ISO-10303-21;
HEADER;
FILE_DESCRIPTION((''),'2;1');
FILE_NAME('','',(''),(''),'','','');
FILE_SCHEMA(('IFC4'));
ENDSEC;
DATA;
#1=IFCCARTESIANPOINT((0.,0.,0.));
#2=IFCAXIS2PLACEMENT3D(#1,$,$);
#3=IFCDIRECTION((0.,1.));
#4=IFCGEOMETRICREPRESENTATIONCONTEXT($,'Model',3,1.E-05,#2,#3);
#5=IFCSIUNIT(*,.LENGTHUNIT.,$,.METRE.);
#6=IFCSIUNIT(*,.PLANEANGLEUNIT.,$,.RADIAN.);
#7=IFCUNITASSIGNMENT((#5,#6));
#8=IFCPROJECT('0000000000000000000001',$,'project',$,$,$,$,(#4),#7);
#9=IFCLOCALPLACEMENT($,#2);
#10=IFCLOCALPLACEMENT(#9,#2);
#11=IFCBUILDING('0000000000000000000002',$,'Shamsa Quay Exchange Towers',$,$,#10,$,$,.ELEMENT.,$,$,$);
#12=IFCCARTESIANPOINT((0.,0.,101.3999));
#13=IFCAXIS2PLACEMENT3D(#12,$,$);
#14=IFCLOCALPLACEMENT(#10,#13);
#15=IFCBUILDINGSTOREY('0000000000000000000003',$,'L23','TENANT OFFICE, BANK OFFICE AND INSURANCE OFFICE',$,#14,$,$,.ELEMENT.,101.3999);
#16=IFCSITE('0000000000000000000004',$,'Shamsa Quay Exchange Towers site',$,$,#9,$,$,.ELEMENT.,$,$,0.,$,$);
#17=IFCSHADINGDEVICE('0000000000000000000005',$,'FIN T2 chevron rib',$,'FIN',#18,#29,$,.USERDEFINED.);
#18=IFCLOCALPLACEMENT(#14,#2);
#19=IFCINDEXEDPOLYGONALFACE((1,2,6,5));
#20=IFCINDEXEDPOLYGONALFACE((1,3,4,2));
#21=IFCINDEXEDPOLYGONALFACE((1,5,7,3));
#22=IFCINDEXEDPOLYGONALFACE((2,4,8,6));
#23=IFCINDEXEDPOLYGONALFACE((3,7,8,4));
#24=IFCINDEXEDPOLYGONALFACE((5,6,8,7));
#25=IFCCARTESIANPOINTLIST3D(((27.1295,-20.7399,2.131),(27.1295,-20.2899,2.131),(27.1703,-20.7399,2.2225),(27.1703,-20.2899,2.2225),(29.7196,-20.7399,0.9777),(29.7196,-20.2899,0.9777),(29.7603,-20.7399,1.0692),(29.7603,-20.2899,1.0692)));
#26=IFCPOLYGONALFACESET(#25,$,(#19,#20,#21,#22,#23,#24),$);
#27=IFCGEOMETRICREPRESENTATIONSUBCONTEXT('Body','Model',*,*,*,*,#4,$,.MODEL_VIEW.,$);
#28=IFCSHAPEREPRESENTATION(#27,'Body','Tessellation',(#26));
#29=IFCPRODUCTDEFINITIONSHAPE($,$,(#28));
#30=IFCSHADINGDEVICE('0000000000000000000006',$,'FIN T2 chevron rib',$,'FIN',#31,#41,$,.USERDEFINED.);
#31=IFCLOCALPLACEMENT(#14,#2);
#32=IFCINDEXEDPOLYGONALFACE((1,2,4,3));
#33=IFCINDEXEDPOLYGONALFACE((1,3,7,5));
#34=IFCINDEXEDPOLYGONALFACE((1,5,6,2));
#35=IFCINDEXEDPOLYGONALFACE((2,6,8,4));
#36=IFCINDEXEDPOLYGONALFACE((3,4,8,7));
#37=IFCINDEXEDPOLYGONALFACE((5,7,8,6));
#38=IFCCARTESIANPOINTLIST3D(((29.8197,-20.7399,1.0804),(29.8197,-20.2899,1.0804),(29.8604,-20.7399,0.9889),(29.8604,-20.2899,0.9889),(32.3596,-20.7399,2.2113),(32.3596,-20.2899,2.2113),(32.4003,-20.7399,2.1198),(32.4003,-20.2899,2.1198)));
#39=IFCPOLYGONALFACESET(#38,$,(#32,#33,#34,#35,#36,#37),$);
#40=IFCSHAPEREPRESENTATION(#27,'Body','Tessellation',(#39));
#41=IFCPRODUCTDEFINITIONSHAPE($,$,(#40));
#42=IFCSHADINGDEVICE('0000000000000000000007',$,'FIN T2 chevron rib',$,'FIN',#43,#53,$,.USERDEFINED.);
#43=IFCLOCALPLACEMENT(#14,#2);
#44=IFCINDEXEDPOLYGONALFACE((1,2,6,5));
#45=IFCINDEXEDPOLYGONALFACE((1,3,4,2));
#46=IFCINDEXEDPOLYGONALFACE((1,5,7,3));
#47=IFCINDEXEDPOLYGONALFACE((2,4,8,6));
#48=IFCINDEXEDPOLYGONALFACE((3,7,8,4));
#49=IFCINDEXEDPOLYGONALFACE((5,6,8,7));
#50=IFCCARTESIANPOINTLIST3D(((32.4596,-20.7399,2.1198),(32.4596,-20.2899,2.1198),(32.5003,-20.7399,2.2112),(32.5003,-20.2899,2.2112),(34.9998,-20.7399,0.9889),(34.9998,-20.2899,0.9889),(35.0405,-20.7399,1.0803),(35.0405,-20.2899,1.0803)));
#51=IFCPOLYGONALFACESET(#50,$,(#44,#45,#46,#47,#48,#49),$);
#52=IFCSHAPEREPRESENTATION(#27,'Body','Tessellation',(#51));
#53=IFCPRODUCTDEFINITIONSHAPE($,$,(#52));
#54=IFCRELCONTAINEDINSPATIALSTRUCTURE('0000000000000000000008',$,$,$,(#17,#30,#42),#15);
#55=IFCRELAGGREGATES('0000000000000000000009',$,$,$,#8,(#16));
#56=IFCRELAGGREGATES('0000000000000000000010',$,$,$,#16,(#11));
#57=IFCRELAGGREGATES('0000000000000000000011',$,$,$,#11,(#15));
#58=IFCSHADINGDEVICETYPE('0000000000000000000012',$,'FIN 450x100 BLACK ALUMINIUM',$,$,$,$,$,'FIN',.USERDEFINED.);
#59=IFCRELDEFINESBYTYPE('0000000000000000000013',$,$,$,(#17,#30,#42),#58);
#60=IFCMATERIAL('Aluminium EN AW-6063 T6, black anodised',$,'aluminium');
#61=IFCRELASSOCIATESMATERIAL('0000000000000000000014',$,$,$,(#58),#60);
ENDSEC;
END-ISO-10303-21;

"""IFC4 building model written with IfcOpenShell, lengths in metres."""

from ifc_helpers import new_model, si_unit, direction, frame, origin, origin_2d, place, context, subcontext, project, spatial, rectangle, extrude, material, material_profile, profile_set, type_object, element, save


model = new_model("IFC4")

# Units and contexts
model_context = context("Model", 3, precision=1e-05, world=origin(), true_north=direction((0.0, 1.0)))
body_context = subcontext(model_context, "Body", "Model", "MODEL_VIEW")
ifc_project = project(units=[si_unit("LENGTHUNIT", "METRE"), si_unit("PLANEANGLEUNIT", "RADIAN")], contexts=[model_context])

# Site, building, storey
site_placement = place(None, origin())
site = spatial("IfcSite", under=ifc_project, at=site_placement, Name="Shamsa Quay Exchange Towers site", CompositionType="ELEMENT", RefElevation=0.0)
building_placement = place(site_placement, origin())
building = spatial("IfcBuilding", under=site, at=building_placement, Name="Shamsa Quay Exchange Towers", CompositionType="ELEMENT")
storey_placement = place(building_placement, frame((0.0, 0.0, 101.3999)))
storey = spatial("IfcBuildingStorey", under=building, at=storey_placement, Name="L23", Description="TENANT OFFICE, BANK OFFICE AND INSURANCE OFFICE", CompositionType="ELEMENT", Elevation=101.3999)

# Shared definitions
ifc_material_1 = material(Name="Aluminium EN AW-6063 T6, black anodised", Category="aluminium")

# Shading devices
ifc_material_profile_1 = material_profile(ifc_material_1, rectangle(XDim=0.45, YDim=0.1001, at=origin_2d()), Name="FIN450x100")
ifc_profile_set_1 = profile_set([ifc_material_profile_1], Name="Aluminium EN AW-6063 T6, black anodised")
shading_device_type = type_object("IfcShadingDeviceType", Name="FIN 450x100 BLACK ALUMINIUM", ElementType="FIN", PredefinedType="USERDEFINED", material=ifc_profile_set_1)
shading_device_1_placement = place(storey_placement, frame((27.1499, -20.5149, 2.1768), z_axis=(0.913527, 0.0, -0.406778), x_axis=(0.0, 1.0, 0.0)))
element("IfcShadingDevice", 1, at=shading_device_1_placement, inside=storey, type_object=shading_device_type, Name="FIN T2 chevron rib", ObjectType="FIN", PredefinedType="USERDEFINED", context=body_context, shape_type="SweptSolid", body=[
    extrude(rectangle(XDim=0.45, YDim=0.1001, at=origin_2d()), origin(), (0.0, 0.0, 1.0), 2.8352),
])
shading_device_2_placement = place(storey_placement, frame((29.8401, -20.5149, 1.0347), z_axis=(0.913536, 0.0, 0.406758), x_axis=(0.0, 1.0, 0.0)))
element("IfcShadingDevice", 2, at=shading_device_2_placement, inside=storey, type_object=shading_device_type, Name="FIN T2 chevron rib", ObjectType="FIN", PredefinedType="USERDEFINED", context=body_context, shape_type="SweptSolid", body=[
    extrude(rectangle(XDim=0.45, YDim=0.1001, at=origin_2d()), origin(), (0.0, 0.0, 1.0), 2.7803),
])
shading_device_3_placement = place(storey_placement, frame((32.48, -20.5149, 2.1655), z_axis=(0.913551, 0.0, -0.406725), x_axis=(0.0, 1.0, 0.0)))
element("IfcShadingDevice", 3, at=shading_device_3_placement, inside=storey, type_object=shading_device_type, Name="FIN T2 chevron rib", ObjectType="FIN", PredefinedType="USERDEFINED", context=body_context, shape_type="SweptSolid", body=[
    extrude(rectangle(XDim=0.45, YDim=0.1001, at=origin_2d()), origin(), (0.0, 0.0, 1.0), 2.7805),
])

save(model, "model.ifc")
